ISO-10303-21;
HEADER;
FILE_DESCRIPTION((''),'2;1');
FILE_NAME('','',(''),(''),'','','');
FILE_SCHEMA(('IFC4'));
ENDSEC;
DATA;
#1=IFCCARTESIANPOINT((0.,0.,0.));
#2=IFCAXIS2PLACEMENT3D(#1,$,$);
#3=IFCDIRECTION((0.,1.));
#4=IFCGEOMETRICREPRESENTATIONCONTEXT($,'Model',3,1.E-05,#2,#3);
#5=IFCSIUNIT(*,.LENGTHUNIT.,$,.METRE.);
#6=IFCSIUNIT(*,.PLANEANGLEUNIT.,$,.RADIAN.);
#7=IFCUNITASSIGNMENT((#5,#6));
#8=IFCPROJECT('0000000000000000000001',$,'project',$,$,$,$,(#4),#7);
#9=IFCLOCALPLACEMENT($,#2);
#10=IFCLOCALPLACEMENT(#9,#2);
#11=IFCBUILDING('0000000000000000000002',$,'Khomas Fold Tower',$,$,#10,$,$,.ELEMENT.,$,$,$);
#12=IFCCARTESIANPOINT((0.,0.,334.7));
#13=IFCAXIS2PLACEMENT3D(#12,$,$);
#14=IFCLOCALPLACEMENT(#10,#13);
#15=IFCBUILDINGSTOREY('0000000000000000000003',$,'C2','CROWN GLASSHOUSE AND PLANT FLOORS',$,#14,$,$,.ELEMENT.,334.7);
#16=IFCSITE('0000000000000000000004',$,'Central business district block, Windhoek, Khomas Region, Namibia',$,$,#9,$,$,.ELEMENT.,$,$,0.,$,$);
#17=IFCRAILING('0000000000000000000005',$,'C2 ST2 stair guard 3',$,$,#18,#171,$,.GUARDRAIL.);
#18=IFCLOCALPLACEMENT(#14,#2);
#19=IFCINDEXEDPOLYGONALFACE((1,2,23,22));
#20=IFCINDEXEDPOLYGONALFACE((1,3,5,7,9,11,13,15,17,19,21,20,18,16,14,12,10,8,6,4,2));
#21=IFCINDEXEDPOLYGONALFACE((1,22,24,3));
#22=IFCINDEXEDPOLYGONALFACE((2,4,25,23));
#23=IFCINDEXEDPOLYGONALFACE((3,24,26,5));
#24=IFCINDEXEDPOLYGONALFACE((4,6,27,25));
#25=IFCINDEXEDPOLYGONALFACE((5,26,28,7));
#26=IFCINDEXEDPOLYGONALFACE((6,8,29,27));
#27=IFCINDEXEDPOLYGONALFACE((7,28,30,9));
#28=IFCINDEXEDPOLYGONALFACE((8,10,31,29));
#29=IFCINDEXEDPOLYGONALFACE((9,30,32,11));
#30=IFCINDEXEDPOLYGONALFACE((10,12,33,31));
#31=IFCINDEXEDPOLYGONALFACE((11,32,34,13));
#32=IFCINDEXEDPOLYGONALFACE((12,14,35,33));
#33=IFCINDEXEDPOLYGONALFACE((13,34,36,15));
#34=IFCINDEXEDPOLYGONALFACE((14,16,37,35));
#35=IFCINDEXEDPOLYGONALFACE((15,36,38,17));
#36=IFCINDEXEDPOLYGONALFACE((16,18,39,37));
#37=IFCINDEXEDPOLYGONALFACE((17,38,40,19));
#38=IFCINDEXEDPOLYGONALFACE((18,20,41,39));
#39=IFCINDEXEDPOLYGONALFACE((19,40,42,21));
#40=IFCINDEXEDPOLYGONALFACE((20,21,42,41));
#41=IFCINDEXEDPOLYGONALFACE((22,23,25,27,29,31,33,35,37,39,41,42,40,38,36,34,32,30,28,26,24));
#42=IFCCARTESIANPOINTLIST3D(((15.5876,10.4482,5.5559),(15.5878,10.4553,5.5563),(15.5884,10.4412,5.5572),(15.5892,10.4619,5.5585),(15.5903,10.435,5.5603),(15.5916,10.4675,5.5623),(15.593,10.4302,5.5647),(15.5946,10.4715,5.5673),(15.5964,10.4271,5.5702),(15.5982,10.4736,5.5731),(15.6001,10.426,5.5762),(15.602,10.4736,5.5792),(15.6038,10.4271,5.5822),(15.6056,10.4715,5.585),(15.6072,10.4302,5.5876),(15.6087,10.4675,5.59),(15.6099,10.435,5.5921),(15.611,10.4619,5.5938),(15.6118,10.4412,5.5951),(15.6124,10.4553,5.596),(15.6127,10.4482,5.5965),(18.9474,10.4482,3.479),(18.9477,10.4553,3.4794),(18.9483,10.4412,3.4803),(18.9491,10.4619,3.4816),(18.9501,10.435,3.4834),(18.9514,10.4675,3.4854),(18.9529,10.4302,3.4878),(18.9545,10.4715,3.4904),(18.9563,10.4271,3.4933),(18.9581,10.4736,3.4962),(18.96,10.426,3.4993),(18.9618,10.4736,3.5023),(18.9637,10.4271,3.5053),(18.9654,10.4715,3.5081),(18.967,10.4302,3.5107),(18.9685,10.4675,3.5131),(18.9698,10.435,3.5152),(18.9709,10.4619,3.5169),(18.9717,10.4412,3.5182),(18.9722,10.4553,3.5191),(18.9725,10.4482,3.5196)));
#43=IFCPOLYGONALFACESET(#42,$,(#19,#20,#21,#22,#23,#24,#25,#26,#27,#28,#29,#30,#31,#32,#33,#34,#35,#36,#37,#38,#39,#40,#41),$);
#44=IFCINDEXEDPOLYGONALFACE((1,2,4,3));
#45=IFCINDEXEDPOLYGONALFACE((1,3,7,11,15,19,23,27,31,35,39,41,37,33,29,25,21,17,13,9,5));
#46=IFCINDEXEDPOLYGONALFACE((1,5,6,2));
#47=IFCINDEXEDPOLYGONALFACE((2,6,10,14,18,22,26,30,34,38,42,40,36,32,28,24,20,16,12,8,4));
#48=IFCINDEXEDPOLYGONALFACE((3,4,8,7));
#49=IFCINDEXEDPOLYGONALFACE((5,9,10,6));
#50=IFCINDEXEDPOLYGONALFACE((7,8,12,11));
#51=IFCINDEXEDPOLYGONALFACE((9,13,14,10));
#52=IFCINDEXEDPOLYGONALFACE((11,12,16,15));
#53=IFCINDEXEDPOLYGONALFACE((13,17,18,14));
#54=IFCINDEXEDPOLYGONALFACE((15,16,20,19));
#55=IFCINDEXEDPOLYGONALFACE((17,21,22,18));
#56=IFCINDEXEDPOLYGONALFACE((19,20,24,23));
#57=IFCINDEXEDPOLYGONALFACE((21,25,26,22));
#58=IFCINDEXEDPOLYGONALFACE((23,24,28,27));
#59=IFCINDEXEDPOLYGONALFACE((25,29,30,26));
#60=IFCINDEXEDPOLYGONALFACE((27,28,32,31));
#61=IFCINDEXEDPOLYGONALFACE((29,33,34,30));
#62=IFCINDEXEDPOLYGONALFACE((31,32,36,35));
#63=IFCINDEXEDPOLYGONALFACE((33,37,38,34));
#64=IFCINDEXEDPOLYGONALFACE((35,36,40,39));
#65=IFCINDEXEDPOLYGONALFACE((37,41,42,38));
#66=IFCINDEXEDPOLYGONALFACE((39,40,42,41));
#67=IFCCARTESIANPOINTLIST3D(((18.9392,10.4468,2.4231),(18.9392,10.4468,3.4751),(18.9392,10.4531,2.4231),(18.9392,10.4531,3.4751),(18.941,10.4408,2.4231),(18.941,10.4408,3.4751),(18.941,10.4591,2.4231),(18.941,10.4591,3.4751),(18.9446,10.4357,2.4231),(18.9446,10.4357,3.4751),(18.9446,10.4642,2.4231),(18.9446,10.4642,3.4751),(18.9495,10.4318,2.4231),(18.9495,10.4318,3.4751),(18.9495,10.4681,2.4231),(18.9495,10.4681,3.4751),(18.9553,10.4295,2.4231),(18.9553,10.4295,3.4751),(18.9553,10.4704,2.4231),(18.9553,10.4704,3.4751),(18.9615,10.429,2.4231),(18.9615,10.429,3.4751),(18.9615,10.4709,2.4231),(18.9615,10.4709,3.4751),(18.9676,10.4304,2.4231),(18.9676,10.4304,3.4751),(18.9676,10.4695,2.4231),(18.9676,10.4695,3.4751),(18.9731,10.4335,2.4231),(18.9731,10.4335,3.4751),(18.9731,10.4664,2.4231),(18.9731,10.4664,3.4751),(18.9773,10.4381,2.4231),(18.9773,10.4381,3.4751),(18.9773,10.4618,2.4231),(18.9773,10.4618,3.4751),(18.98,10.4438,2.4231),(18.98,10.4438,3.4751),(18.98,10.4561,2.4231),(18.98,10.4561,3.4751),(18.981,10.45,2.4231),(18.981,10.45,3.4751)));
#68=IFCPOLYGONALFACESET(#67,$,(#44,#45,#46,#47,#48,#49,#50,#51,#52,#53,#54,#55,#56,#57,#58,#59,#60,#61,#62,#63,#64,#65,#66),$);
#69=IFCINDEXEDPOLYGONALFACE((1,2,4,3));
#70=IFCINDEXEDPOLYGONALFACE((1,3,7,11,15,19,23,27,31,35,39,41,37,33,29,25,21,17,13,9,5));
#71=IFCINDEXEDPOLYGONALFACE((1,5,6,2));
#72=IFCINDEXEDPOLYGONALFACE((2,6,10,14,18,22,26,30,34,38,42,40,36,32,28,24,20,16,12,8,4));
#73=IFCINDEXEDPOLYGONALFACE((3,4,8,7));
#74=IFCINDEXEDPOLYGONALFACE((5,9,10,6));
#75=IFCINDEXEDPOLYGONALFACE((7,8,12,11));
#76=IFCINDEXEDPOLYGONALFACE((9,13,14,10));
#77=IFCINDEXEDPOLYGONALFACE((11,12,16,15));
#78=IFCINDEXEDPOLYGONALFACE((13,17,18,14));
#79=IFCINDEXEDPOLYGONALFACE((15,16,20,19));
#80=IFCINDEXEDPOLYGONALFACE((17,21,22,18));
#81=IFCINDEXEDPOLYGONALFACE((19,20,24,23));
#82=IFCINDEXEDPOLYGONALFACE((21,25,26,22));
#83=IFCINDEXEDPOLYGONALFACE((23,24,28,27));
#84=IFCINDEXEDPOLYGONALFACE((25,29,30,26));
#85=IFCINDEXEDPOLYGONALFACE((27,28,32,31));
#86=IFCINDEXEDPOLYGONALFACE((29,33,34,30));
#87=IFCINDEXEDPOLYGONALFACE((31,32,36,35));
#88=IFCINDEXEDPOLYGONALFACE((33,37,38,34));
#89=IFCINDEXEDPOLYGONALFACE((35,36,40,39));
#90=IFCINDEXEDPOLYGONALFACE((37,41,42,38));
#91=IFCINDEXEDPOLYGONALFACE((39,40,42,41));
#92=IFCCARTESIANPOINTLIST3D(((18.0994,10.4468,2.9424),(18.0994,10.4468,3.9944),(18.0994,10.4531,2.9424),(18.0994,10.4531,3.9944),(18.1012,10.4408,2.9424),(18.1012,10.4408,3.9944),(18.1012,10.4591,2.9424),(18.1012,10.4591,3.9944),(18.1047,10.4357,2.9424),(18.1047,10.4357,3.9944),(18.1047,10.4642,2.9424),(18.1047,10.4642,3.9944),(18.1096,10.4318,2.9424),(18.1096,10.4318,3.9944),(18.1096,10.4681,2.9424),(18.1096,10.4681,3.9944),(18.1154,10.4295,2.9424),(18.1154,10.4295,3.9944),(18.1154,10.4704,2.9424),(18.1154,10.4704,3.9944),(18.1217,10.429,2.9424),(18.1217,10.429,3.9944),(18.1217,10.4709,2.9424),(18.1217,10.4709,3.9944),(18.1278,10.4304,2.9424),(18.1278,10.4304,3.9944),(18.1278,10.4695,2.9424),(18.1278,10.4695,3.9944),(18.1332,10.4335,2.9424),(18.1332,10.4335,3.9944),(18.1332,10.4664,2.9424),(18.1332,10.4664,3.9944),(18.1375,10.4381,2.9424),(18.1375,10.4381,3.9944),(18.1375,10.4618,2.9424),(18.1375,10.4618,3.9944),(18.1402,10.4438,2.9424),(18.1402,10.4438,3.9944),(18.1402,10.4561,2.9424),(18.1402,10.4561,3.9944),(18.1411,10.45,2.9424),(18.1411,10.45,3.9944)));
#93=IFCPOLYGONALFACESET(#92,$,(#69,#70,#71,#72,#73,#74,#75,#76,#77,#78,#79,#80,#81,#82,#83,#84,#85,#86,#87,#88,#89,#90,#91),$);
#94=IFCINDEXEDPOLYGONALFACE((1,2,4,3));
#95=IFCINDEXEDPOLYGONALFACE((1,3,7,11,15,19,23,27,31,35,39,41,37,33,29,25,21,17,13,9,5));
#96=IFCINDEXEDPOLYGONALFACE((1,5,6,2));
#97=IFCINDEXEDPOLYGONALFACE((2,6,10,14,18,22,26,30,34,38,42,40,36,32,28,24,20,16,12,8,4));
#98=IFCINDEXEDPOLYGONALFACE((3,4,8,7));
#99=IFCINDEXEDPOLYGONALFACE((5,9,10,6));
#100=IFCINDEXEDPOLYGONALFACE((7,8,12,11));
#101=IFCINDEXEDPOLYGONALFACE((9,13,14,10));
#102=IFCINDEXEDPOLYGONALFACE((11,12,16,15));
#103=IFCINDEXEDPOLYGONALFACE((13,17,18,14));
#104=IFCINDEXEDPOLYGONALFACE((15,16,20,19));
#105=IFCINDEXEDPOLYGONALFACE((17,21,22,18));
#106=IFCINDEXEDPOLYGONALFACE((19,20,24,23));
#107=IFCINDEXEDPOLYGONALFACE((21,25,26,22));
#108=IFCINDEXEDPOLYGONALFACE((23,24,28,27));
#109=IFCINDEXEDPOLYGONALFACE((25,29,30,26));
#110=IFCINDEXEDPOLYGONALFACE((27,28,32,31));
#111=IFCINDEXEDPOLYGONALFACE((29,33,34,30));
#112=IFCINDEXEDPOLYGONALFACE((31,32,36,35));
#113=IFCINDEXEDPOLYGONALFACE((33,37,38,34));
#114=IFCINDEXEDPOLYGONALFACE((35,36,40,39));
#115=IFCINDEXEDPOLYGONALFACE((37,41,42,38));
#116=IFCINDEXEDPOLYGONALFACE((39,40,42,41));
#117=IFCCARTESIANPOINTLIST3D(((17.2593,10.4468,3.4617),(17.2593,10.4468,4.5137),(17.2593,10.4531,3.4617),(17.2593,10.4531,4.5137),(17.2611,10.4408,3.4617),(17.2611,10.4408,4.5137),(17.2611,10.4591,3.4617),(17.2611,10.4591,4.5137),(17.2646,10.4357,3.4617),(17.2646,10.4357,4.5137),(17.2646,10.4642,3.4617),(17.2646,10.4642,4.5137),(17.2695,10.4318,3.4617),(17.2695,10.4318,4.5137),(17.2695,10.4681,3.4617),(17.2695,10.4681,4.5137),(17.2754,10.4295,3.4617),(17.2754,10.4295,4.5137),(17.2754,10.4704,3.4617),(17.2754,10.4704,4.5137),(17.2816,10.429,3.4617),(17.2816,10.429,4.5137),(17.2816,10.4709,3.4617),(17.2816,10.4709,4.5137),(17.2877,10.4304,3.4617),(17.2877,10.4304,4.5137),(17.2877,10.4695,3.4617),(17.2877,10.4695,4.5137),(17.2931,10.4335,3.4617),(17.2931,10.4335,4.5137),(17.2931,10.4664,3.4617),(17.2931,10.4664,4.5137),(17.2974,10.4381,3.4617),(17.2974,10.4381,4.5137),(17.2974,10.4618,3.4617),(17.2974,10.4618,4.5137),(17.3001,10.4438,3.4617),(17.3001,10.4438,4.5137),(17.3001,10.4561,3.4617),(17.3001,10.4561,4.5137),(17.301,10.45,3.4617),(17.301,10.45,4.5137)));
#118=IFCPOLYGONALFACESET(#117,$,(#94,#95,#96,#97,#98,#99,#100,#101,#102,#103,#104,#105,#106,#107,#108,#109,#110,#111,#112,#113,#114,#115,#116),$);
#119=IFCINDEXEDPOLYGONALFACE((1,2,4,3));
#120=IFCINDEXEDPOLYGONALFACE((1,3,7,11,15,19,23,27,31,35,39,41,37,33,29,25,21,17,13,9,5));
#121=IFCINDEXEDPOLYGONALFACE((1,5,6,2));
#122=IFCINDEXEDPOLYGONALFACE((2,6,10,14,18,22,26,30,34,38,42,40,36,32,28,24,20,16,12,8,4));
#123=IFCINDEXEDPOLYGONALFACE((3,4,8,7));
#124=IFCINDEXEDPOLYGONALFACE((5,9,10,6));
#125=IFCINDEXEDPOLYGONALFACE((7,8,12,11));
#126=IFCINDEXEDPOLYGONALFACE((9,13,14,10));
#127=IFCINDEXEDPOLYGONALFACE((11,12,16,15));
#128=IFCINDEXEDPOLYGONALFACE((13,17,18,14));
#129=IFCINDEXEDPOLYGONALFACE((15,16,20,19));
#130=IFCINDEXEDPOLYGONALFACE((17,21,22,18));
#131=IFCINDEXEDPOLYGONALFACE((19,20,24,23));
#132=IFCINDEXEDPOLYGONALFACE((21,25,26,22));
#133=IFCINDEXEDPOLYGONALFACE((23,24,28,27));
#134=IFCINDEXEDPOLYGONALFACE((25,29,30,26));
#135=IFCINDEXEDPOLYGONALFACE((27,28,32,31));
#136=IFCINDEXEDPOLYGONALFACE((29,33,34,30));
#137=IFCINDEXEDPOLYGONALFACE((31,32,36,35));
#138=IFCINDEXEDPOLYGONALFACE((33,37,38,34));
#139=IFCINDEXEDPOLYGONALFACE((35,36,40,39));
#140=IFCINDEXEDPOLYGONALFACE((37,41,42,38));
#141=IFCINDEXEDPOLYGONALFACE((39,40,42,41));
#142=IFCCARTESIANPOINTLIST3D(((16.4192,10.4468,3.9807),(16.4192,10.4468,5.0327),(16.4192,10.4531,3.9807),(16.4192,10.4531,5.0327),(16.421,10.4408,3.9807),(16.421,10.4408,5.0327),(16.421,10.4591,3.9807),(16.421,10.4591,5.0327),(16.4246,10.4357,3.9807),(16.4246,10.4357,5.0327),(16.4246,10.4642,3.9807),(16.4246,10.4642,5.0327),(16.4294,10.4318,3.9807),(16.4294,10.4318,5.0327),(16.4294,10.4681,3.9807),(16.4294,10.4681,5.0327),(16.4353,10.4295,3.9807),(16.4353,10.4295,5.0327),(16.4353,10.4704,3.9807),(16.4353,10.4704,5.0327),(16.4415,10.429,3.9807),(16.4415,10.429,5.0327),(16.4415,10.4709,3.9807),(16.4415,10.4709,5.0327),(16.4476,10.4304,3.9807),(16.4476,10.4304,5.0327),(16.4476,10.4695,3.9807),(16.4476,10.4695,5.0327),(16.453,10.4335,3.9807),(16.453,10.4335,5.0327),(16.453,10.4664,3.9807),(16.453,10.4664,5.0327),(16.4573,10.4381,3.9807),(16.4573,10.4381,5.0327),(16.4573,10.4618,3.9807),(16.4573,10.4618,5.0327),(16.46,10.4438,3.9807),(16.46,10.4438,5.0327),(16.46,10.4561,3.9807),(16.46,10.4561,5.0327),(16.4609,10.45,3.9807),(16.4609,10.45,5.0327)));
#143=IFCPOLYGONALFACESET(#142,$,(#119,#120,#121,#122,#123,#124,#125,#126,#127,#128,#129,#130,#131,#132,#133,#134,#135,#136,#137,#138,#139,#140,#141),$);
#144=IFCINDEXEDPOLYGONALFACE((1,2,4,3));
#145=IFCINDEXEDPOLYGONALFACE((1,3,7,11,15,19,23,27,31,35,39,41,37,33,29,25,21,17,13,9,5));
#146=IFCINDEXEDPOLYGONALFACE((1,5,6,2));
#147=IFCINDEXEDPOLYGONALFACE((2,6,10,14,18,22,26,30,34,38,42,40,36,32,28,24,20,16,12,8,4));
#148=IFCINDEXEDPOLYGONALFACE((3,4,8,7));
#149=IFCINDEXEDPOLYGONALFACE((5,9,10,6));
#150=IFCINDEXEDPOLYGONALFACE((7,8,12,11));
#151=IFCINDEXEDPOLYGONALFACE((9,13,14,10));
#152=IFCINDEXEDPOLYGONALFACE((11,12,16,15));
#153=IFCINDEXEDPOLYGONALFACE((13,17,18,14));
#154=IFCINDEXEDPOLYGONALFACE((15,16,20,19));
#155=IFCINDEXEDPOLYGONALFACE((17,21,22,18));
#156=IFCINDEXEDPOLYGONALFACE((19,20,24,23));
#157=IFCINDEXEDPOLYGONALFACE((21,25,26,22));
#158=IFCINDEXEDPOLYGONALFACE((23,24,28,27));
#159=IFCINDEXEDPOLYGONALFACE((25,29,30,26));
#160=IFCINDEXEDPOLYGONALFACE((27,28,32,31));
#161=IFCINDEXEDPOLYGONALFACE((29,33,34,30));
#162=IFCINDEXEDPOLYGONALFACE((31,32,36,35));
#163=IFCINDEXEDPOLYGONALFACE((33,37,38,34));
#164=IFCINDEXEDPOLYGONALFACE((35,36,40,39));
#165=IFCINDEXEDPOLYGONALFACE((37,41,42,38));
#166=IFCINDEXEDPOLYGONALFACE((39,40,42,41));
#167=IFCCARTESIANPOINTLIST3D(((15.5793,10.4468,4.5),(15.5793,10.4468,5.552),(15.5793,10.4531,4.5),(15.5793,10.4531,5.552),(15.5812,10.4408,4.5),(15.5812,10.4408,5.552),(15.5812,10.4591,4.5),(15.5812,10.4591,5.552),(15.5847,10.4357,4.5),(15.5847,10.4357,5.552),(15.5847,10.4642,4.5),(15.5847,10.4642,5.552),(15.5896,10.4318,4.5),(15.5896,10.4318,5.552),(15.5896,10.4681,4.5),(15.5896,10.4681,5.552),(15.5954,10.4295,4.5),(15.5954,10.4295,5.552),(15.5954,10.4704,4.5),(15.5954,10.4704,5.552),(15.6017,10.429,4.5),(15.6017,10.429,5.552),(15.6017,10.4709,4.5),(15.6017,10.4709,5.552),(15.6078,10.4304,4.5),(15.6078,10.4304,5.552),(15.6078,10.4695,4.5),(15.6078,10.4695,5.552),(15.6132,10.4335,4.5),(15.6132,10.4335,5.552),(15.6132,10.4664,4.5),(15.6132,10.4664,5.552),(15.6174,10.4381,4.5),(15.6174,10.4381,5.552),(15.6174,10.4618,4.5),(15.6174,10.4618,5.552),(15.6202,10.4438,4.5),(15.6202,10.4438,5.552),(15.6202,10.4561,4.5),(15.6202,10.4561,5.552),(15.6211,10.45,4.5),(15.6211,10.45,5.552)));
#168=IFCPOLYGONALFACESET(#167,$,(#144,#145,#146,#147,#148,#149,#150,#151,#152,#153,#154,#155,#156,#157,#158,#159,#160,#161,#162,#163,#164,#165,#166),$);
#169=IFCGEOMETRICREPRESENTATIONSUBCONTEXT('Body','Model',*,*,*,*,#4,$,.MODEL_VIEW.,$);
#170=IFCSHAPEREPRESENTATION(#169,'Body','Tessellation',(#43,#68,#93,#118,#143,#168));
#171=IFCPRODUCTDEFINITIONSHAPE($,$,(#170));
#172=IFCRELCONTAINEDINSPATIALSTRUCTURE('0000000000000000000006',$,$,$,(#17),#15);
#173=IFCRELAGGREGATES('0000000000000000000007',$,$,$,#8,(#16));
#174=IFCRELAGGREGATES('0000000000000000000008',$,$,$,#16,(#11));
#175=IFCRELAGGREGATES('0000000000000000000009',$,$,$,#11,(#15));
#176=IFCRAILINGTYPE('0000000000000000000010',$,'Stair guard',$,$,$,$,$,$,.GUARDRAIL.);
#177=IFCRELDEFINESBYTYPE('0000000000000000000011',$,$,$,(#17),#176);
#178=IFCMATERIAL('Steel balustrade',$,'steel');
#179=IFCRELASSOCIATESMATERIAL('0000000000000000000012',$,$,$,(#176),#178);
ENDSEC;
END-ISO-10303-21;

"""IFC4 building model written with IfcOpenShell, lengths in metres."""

from ifc_helpers import new_model, si_unit, direction, frame, origin, origin_2d, place, context, subcontext, project, spatial, circle, extrude, source, transform, mapped, material, type_object, element, save


model = new_model("IFC4")

# Units and contexts
model_context = context("Model", 3, precision=1e-05, world=origin(), true_north=direction((0.0, 1.0)))
body_context = subcontext(model_context, "Body", "Model", "MODEL_VIEW")
ifc_project = project(units=[si_unit("LENGTHUNIT", "METRE"), si_unit("PLANEANGLEUNIT", "RADIAN")], contexts=[model_context])

# Site, building, storey
site_placement = place(None, origin())
site = spatial("IfcSite", under=ifc_project, at=site_placement, Name="Central business district block, Windhoek, Khomas Region, Namibia", CompositionType="ELEMENT", RefElevation=0.0)
building_placement = place(site_placement, origin())
building = spatial("IfcBuilding", under=site, at=building_placement, Name="Khomas Fold Tower", CompositionType="ELEMENT")
storey_placement = place(building_placement, frame((0.0, 0.0, 334.7)))
storey = spatial("IfcBuildingStorey", under=building, at=storey_placement, Name="C2", Description="CROWN GLASSHOUSE AND PLANT FLOORS", CompositionType="ELEMENT", Elevation=334.7)

# Railing
ifc_material_1 = material(Name="Steel balustrade", Category="steel")
railing_type_1 = type_object("IfcRailingType", Name="Stair guard", PredefinedType="GUARDRAIL", material=ifc_material_1)
shared_shape_1 = source(origin(), body_context, "Body", "SweptSolid", [
    extrude(circle(Radius=0.0239, at=origin_2d()), frame((0.0, 0.0, 1.0762), z_axis=(-0.850606, 0.0, 0.525803), x_axis=(0.0, -1.0, 0.0)), (0.0, 0.0, 1.0), 3.95),
    extrude(circle(Radius=0.021, at=origin_2d()), origin(), (0.0, 0.0, 1.0), 1.052),
    extrude(circle(Radius=0.021, at=origin_2d()), frame((-0.8398, 0.0, 0.5193)), (0.0, 0.0, 1.0), 1.052),
    extrude(circle(Radius=0.021, at=origin_2d()), frame((-1.6799, 0.0, 1.0386)), (0.0, 0.0, 1.0), 1.052),
    extrude(circle(Radius=0.021, at=origin_2d()), frame((-2.52, 0.0, 1.5576)), (0.0, 0.0, 1.0), 1.052),
    extrude(circle(Radius=0.021, at=origin_2d()), frame((-3.3599, 0.0, 2.0769)), (0.0, 0.0, 1.0), 1.052),
])
railing_1_placement = place(storey_placement, frame((18.96, 10.45, 2.4231)))
element("IfcRailing", 1, at=railing_1_placement, inside=storey, type_object=railing_type_1, Name="C2 ST2 stair guard 3", PredefinedType="GUARDRAIL", context=body_context, shape_type="MappedRepresentation", body=[
    mapped(shared_shape_1, transform((0.0, 0.0, 0.0))),
])

save(model, "model.ifc")
